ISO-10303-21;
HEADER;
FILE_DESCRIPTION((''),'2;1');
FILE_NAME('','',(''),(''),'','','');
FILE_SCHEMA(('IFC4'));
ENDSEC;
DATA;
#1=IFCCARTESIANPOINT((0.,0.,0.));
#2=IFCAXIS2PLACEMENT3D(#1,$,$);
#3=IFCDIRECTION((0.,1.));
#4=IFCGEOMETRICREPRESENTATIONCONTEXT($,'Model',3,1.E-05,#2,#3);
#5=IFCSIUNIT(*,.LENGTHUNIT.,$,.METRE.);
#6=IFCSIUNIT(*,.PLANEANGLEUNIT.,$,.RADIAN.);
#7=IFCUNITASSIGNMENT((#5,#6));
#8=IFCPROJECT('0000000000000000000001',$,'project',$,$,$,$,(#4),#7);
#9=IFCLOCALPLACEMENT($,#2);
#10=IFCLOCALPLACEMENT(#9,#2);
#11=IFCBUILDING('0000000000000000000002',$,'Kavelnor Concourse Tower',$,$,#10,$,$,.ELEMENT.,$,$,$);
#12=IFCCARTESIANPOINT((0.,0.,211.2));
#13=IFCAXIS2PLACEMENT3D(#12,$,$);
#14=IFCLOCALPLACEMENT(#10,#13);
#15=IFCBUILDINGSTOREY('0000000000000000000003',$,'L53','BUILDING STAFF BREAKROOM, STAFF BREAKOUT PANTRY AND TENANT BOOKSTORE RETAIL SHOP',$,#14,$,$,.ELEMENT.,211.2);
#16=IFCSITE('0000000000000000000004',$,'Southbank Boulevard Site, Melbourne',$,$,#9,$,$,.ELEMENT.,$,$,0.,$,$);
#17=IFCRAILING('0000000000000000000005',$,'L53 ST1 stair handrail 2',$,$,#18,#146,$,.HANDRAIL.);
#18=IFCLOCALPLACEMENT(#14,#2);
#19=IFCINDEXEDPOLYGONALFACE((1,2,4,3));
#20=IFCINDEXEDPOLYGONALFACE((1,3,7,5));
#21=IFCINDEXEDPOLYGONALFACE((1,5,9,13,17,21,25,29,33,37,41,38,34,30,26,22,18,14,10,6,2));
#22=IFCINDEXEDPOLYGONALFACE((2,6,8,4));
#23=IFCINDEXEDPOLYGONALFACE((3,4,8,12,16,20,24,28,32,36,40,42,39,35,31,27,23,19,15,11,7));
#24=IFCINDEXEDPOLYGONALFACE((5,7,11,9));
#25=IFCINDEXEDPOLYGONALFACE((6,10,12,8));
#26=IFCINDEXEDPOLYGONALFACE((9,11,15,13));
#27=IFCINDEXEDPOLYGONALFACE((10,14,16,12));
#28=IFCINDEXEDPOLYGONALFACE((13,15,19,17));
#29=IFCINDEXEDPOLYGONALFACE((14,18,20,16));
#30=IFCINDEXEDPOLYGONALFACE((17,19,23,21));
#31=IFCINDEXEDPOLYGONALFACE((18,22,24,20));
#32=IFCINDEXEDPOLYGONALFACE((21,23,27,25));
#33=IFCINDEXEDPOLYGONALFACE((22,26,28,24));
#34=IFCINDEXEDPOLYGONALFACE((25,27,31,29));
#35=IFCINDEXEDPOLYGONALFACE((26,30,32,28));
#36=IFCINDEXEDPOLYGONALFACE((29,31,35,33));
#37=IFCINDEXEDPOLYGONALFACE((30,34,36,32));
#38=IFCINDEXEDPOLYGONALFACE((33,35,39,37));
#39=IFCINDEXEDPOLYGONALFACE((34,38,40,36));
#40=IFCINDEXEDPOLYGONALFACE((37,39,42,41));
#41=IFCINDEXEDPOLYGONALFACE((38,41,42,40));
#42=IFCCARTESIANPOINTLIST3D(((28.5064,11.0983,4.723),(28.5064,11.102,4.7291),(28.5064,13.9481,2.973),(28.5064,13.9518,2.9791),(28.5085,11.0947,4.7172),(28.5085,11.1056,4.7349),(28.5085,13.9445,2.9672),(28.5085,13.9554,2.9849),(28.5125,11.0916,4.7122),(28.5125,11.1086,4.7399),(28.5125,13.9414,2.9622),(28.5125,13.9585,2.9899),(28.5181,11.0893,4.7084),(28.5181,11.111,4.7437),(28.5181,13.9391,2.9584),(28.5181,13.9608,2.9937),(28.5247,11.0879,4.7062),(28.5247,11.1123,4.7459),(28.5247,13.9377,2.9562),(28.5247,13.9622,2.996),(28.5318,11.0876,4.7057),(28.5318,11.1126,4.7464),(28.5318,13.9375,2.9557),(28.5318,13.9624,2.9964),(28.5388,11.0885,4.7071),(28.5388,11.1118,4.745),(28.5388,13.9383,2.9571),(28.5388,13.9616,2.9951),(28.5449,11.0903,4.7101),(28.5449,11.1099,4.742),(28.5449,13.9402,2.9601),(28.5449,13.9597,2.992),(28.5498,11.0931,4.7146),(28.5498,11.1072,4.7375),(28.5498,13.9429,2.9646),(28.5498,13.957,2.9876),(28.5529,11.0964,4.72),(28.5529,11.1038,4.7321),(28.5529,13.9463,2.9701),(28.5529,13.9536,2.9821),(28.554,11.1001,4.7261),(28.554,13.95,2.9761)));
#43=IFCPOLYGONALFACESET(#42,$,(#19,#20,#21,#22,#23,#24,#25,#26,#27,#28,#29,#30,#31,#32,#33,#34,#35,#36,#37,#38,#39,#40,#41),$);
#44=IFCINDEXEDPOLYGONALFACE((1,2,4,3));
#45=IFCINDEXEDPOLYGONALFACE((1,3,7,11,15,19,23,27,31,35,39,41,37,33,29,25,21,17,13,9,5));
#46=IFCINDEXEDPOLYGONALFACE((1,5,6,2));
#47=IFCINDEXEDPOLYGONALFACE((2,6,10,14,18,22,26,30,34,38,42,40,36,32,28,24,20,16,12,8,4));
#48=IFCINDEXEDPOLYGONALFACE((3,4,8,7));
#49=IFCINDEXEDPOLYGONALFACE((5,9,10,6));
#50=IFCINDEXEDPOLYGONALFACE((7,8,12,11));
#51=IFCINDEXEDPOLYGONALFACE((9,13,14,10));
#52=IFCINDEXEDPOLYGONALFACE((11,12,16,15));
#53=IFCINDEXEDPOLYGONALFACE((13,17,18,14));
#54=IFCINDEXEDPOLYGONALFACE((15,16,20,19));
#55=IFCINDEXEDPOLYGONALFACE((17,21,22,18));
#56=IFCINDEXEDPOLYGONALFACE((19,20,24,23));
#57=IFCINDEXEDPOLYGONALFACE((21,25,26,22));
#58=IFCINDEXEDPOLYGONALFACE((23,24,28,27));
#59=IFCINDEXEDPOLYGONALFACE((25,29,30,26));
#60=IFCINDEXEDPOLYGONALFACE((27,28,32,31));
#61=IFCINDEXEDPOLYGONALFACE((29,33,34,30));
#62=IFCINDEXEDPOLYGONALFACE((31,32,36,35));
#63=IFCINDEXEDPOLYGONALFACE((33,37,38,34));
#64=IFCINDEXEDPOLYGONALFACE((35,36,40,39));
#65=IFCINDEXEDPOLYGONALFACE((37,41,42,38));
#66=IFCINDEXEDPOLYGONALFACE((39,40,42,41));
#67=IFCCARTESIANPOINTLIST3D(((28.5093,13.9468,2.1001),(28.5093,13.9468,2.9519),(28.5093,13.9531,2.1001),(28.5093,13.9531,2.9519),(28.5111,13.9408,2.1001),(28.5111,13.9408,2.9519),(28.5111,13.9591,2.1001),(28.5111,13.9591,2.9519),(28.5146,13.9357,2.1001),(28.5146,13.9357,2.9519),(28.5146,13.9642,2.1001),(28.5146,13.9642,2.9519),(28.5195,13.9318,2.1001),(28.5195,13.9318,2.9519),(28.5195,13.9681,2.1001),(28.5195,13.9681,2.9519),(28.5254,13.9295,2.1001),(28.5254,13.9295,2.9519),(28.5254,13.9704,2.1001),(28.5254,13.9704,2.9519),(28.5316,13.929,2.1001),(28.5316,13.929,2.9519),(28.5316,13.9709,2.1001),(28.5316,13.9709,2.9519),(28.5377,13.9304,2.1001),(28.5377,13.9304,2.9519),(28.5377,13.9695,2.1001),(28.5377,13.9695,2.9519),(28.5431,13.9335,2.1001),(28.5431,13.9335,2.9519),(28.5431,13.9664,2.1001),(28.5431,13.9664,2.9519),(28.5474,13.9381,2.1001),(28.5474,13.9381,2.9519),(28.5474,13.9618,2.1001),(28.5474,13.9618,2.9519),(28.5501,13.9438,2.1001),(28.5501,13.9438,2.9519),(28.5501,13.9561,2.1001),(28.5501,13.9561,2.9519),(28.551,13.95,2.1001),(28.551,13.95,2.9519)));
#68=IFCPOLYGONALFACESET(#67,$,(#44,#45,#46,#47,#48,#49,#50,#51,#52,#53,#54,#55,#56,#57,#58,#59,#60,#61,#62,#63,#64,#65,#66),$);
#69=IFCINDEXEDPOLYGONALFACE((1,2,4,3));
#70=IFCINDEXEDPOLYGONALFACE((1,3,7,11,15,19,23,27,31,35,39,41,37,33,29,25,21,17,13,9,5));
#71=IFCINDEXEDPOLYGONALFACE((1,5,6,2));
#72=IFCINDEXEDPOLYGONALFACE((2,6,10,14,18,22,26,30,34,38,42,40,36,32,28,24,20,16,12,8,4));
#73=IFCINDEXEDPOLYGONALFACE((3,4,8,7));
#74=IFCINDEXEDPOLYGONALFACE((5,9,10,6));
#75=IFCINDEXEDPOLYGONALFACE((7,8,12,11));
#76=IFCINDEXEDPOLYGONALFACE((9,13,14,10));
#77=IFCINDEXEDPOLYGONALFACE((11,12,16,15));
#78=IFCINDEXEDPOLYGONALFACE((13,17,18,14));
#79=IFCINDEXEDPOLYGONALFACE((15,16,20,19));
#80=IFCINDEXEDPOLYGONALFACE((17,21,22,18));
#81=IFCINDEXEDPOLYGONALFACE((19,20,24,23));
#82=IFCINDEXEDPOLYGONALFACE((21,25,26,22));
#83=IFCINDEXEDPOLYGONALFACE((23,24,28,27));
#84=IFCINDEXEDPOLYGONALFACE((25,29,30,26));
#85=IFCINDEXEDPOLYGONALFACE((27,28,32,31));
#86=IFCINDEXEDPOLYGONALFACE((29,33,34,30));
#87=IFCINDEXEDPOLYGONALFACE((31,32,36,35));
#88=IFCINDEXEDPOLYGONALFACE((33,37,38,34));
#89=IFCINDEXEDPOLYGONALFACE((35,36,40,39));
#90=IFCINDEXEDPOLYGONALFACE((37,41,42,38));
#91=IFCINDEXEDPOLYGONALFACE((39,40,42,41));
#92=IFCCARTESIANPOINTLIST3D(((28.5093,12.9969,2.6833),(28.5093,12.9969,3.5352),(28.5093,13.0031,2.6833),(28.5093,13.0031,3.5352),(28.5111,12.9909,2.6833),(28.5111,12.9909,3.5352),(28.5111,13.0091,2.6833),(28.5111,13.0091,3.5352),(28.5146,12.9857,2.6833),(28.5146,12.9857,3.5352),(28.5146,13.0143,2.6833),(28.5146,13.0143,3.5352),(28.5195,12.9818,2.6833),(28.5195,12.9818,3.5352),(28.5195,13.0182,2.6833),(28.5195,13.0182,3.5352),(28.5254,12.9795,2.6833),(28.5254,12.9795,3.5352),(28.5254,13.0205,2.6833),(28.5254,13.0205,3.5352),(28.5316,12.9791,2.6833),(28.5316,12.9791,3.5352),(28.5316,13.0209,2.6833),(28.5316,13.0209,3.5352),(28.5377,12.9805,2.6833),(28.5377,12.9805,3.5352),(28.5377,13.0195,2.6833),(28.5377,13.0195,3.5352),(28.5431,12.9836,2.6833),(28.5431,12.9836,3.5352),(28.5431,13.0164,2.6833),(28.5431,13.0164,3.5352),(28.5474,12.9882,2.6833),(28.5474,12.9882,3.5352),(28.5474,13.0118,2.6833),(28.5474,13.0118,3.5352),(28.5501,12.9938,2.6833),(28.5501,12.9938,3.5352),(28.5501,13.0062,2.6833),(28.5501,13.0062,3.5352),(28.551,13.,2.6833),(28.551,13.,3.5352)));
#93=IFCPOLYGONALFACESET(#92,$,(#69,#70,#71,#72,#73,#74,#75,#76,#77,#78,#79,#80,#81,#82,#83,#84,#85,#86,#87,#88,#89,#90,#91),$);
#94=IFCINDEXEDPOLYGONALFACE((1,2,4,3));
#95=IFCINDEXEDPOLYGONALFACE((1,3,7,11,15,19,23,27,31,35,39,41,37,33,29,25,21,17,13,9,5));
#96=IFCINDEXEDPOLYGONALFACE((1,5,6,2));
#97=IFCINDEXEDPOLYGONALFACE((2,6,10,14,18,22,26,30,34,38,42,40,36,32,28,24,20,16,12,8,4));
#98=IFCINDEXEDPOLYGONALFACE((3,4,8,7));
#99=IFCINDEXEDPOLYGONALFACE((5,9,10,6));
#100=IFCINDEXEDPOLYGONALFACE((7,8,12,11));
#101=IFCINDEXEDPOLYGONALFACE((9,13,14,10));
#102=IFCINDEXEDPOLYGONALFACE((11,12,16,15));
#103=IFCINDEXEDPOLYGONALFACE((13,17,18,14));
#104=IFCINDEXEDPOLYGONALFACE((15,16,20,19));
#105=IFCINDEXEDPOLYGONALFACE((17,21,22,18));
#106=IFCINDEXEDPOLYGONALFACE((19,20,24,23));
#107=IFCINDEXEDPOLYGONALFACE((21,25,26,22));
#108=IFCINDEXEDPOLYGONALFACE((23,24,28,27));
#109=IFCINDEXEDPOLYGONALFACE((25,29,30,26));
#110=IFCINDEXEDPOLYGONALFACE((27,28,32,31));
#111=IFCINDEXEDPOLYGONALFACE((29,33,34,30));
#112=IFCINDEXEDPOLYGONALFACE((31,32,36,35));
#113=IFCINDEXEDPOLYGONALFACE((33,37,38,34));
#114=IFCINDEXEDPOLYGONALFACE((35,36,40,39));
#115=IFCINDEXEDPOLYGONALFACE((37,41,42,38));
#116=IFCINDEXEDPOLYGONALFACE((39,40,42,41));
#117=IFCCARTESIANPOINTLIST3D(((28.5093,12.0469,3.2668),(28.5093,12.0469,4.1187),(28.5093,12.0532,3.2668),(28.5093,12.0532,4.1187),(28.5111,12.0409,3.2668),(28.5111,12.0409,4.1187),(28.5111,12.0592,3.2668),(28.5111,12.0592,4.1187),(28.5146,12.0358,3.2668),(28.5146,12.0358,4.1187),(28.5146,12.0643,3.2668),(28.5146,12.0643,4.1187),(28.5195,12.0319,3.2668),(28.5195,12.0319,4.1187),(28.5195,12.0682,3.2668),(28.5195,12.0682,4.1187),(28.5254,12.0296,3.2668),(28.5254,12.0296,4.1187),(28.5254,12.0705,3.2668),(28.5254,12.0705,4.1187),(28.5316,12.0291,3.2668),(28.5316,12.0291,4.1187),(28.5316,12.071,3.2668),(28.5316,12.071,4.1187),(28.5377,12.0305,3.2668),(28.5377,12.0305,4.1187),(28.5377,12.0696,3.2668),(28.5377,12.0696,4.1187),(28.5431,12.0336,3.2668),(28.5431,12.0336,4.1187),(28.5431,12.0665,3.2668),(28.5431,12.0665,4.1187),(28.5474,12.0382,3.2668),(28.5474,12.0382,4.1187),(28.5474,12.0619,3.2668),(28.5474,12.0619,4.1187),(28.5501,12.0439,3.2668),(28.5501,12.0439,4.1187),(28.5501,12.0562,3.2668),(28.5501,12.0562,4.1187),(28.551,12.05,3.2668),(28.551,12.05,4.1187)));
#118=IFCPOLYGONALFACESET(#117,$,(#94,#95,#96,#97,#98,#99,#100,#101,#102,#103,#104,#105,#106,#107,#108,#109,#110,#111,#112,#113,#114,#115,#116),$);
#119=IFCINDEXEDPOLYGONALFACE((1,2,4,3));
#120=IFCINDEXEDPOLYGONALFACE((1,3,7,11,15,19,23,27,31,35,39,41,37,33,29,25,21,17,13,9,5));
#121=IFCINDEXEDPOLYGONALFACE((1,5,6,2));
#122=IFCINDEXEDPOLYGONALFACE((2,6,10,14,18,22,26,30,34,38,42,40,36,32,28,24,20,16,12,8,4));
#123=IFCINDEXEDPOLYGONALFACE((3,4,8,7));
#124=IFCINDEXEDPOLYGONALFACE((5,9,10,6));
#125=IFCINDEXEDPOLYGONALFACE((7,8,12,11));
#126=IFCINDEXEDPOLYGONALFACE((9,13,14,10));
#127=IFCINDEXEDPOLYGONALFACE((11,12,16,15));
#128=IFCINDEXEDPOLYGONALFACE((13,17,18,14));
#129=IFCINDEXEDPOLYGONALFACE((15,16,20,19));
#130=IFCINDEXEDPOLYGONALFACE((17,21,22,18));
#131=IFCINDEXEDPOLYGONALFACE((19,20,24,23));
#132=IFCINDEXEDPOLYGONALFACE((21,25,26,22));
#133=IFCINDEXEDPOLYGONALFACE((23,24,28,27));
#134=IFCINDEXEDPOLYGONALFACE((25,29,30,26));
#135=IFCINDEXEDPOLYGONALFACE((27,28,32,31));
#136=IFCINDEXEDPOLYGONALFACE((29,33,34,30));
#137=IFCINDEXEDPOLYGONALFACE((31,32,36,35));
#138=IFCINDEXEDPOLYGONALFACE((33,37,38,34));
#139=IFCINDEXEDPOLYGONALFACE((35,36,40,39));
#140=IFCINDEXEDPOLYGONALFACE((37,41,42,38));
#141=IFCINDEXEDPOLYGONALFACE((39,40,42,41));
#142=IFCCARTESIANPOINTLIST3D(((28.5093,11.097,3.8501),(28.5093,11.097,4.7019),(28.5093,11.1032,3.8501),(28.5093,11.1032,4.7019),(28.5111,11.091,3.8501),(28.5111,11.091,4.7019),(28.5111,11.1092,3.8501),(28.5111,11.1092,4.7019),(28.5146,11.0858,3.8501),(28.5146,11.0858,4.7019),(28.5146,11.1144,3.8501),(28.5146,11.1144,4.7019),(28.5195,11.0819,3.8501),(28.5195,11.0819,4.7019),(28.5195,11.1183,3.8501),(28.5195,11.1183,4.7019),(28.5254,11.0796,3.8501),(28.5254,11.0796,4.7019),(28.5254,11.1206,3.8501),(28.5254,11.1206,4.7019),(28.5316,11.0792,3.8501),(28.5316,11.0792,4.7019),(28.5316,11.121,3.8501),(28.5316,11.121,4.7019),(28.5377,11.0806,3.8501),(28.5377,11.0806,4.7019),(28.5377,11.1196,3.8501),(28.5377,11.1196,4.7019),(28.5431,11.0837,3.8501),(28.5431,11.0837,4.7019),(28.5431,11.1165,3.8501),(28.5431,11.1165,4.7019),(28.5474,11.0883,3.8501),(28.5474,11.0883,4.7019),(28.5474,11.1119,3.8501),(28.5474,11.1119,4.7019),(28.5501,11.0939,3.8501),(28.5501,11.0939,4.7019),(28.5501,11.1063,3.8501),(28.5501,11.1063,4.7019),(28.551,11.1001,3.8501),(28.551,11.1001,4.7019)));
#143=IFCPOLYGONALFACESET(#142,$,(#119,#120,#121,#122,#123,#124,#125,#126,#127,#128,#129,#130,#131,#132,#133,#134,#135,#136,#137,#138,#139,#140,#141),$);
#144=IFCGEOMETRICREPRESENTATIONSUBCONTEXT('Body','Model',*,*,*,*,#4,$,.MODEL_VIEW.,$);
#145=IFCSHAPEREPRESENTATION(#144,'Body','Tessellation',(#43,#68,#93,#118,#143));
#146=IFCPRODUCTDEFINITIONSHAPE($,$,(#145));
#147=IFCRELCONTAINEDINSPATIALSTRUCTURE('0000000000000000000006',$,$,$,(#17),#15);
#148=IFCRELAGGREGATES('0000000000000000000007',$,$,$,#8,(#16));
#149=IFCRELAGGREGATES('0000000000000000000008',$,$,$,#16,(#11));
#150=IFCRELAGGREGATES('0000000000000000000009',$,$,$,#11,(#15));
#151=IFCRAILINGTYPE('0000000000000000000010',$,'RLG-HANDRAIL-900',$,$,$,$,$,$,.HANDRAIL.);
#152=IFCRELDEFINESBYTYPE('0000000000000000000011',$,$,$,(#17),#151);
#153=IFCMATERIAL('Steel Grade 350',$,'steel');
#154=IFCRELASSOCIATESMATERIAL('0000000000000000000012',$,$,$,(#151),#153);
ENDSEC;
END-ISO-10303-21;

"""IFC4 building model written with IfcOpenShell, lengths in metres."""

from ifc_helpers import new_model, si_unit, direction, frame, origin, origin_2d, place, context, subcontext, project, spatial, circle, extrude, material, type_object, element, save


model = new_model("IFC4")

# Units and contexts
model_context = context("Model", 3, precision=1e-05, world=origin(), true_north=direction((0.0, 1.0)))
body_context = subcontext(model_context, "Body", "Model", "MODEL_VIEW")
ifc_project = project(units=[si_unit("LENGTHUNIT", "METRE"), si_unit("PLANEANGLEUNIT", "RADIAN")], contexts=[model_context])

# Site, building, storey
site_placement = place(None, origin())
site = spatial("IfcSite", under=ifc_project, at=site_placement, Name="Southbank Boulevard Site, Melbourne", CompositionType="ELEMENT", RefElevation=0.0)
building_placement = place(site_placement, origin())
building = spatial("IfcBuilding", under=site, at=building_placement, Name="Kavelnor Concourse Tower", CompositionType="ELEMENT")
storey_placement = place(building_placement, frame((0.0, 0.0, 211.2)))
storey = spatial("IfcBuildingStorey", under=building, at=storey_placement, Name="L53", Description="BUILDING STAFF BREAKROOM, STAFF BREAKOUT PANTRY AND TENANT BOOKSTORE RETAIL SHOP", CompositionType="ELEMENT", Elevation=211.2)

# Shared definitions
ifc_material_1 = material(Name="Steel Grade 350", Category="steel")

# Railing
railing_type_1 = type_object("IfcRailingType", Name="RLG-HANDRAIL-900", PredefinedType="HANDRAIL", material=ifc_material_1)
railing_1_placement = place(storey_placement, frame((28.53, 13.95, 2.1001)))
element("IfcRailing", 1, at=railing_1_placement, inside=storey, type_object=railing_type_1, Name="L53 ST1 stair handrail 2", PredefinedType="HANDRAIL", context=body_context, shape_type="SweptSolid", body=[
    extrude(circle(Radius=0.0239, at=origin_2d()), frame((0.0, 0.0, 0.876), z_axis=(0.0, -0.852159, 0.523283), x_axis=(1.0, 0.0, 0.0)), (0.0, 0.0, 1.0), 3.3442),
    extrude(circle(Radius=0.021, at=origin_2d()), origin(), (0.0, 0.0, 1.0), 0.8518),
    extrude(circle(Radius=0.021, at=origin_2d()), frame((0.0, -0.95, 0.5833)), (0.0, 0.0, 1.0), 0.8518),
    extrude(circle(Radius=0.021, at=origin_2d()), frame((0.0, -1.8999, 1.1667)), (0.0, 0.0, 1.0), 0.8518),
    extrude(circle(Radius=0.021, at=origin_2d()), frame((0.0, -2.8499, 1.75)), (0.0, 0.0, 1.0), 0.8518),
])

save(model, "model.ifc")
